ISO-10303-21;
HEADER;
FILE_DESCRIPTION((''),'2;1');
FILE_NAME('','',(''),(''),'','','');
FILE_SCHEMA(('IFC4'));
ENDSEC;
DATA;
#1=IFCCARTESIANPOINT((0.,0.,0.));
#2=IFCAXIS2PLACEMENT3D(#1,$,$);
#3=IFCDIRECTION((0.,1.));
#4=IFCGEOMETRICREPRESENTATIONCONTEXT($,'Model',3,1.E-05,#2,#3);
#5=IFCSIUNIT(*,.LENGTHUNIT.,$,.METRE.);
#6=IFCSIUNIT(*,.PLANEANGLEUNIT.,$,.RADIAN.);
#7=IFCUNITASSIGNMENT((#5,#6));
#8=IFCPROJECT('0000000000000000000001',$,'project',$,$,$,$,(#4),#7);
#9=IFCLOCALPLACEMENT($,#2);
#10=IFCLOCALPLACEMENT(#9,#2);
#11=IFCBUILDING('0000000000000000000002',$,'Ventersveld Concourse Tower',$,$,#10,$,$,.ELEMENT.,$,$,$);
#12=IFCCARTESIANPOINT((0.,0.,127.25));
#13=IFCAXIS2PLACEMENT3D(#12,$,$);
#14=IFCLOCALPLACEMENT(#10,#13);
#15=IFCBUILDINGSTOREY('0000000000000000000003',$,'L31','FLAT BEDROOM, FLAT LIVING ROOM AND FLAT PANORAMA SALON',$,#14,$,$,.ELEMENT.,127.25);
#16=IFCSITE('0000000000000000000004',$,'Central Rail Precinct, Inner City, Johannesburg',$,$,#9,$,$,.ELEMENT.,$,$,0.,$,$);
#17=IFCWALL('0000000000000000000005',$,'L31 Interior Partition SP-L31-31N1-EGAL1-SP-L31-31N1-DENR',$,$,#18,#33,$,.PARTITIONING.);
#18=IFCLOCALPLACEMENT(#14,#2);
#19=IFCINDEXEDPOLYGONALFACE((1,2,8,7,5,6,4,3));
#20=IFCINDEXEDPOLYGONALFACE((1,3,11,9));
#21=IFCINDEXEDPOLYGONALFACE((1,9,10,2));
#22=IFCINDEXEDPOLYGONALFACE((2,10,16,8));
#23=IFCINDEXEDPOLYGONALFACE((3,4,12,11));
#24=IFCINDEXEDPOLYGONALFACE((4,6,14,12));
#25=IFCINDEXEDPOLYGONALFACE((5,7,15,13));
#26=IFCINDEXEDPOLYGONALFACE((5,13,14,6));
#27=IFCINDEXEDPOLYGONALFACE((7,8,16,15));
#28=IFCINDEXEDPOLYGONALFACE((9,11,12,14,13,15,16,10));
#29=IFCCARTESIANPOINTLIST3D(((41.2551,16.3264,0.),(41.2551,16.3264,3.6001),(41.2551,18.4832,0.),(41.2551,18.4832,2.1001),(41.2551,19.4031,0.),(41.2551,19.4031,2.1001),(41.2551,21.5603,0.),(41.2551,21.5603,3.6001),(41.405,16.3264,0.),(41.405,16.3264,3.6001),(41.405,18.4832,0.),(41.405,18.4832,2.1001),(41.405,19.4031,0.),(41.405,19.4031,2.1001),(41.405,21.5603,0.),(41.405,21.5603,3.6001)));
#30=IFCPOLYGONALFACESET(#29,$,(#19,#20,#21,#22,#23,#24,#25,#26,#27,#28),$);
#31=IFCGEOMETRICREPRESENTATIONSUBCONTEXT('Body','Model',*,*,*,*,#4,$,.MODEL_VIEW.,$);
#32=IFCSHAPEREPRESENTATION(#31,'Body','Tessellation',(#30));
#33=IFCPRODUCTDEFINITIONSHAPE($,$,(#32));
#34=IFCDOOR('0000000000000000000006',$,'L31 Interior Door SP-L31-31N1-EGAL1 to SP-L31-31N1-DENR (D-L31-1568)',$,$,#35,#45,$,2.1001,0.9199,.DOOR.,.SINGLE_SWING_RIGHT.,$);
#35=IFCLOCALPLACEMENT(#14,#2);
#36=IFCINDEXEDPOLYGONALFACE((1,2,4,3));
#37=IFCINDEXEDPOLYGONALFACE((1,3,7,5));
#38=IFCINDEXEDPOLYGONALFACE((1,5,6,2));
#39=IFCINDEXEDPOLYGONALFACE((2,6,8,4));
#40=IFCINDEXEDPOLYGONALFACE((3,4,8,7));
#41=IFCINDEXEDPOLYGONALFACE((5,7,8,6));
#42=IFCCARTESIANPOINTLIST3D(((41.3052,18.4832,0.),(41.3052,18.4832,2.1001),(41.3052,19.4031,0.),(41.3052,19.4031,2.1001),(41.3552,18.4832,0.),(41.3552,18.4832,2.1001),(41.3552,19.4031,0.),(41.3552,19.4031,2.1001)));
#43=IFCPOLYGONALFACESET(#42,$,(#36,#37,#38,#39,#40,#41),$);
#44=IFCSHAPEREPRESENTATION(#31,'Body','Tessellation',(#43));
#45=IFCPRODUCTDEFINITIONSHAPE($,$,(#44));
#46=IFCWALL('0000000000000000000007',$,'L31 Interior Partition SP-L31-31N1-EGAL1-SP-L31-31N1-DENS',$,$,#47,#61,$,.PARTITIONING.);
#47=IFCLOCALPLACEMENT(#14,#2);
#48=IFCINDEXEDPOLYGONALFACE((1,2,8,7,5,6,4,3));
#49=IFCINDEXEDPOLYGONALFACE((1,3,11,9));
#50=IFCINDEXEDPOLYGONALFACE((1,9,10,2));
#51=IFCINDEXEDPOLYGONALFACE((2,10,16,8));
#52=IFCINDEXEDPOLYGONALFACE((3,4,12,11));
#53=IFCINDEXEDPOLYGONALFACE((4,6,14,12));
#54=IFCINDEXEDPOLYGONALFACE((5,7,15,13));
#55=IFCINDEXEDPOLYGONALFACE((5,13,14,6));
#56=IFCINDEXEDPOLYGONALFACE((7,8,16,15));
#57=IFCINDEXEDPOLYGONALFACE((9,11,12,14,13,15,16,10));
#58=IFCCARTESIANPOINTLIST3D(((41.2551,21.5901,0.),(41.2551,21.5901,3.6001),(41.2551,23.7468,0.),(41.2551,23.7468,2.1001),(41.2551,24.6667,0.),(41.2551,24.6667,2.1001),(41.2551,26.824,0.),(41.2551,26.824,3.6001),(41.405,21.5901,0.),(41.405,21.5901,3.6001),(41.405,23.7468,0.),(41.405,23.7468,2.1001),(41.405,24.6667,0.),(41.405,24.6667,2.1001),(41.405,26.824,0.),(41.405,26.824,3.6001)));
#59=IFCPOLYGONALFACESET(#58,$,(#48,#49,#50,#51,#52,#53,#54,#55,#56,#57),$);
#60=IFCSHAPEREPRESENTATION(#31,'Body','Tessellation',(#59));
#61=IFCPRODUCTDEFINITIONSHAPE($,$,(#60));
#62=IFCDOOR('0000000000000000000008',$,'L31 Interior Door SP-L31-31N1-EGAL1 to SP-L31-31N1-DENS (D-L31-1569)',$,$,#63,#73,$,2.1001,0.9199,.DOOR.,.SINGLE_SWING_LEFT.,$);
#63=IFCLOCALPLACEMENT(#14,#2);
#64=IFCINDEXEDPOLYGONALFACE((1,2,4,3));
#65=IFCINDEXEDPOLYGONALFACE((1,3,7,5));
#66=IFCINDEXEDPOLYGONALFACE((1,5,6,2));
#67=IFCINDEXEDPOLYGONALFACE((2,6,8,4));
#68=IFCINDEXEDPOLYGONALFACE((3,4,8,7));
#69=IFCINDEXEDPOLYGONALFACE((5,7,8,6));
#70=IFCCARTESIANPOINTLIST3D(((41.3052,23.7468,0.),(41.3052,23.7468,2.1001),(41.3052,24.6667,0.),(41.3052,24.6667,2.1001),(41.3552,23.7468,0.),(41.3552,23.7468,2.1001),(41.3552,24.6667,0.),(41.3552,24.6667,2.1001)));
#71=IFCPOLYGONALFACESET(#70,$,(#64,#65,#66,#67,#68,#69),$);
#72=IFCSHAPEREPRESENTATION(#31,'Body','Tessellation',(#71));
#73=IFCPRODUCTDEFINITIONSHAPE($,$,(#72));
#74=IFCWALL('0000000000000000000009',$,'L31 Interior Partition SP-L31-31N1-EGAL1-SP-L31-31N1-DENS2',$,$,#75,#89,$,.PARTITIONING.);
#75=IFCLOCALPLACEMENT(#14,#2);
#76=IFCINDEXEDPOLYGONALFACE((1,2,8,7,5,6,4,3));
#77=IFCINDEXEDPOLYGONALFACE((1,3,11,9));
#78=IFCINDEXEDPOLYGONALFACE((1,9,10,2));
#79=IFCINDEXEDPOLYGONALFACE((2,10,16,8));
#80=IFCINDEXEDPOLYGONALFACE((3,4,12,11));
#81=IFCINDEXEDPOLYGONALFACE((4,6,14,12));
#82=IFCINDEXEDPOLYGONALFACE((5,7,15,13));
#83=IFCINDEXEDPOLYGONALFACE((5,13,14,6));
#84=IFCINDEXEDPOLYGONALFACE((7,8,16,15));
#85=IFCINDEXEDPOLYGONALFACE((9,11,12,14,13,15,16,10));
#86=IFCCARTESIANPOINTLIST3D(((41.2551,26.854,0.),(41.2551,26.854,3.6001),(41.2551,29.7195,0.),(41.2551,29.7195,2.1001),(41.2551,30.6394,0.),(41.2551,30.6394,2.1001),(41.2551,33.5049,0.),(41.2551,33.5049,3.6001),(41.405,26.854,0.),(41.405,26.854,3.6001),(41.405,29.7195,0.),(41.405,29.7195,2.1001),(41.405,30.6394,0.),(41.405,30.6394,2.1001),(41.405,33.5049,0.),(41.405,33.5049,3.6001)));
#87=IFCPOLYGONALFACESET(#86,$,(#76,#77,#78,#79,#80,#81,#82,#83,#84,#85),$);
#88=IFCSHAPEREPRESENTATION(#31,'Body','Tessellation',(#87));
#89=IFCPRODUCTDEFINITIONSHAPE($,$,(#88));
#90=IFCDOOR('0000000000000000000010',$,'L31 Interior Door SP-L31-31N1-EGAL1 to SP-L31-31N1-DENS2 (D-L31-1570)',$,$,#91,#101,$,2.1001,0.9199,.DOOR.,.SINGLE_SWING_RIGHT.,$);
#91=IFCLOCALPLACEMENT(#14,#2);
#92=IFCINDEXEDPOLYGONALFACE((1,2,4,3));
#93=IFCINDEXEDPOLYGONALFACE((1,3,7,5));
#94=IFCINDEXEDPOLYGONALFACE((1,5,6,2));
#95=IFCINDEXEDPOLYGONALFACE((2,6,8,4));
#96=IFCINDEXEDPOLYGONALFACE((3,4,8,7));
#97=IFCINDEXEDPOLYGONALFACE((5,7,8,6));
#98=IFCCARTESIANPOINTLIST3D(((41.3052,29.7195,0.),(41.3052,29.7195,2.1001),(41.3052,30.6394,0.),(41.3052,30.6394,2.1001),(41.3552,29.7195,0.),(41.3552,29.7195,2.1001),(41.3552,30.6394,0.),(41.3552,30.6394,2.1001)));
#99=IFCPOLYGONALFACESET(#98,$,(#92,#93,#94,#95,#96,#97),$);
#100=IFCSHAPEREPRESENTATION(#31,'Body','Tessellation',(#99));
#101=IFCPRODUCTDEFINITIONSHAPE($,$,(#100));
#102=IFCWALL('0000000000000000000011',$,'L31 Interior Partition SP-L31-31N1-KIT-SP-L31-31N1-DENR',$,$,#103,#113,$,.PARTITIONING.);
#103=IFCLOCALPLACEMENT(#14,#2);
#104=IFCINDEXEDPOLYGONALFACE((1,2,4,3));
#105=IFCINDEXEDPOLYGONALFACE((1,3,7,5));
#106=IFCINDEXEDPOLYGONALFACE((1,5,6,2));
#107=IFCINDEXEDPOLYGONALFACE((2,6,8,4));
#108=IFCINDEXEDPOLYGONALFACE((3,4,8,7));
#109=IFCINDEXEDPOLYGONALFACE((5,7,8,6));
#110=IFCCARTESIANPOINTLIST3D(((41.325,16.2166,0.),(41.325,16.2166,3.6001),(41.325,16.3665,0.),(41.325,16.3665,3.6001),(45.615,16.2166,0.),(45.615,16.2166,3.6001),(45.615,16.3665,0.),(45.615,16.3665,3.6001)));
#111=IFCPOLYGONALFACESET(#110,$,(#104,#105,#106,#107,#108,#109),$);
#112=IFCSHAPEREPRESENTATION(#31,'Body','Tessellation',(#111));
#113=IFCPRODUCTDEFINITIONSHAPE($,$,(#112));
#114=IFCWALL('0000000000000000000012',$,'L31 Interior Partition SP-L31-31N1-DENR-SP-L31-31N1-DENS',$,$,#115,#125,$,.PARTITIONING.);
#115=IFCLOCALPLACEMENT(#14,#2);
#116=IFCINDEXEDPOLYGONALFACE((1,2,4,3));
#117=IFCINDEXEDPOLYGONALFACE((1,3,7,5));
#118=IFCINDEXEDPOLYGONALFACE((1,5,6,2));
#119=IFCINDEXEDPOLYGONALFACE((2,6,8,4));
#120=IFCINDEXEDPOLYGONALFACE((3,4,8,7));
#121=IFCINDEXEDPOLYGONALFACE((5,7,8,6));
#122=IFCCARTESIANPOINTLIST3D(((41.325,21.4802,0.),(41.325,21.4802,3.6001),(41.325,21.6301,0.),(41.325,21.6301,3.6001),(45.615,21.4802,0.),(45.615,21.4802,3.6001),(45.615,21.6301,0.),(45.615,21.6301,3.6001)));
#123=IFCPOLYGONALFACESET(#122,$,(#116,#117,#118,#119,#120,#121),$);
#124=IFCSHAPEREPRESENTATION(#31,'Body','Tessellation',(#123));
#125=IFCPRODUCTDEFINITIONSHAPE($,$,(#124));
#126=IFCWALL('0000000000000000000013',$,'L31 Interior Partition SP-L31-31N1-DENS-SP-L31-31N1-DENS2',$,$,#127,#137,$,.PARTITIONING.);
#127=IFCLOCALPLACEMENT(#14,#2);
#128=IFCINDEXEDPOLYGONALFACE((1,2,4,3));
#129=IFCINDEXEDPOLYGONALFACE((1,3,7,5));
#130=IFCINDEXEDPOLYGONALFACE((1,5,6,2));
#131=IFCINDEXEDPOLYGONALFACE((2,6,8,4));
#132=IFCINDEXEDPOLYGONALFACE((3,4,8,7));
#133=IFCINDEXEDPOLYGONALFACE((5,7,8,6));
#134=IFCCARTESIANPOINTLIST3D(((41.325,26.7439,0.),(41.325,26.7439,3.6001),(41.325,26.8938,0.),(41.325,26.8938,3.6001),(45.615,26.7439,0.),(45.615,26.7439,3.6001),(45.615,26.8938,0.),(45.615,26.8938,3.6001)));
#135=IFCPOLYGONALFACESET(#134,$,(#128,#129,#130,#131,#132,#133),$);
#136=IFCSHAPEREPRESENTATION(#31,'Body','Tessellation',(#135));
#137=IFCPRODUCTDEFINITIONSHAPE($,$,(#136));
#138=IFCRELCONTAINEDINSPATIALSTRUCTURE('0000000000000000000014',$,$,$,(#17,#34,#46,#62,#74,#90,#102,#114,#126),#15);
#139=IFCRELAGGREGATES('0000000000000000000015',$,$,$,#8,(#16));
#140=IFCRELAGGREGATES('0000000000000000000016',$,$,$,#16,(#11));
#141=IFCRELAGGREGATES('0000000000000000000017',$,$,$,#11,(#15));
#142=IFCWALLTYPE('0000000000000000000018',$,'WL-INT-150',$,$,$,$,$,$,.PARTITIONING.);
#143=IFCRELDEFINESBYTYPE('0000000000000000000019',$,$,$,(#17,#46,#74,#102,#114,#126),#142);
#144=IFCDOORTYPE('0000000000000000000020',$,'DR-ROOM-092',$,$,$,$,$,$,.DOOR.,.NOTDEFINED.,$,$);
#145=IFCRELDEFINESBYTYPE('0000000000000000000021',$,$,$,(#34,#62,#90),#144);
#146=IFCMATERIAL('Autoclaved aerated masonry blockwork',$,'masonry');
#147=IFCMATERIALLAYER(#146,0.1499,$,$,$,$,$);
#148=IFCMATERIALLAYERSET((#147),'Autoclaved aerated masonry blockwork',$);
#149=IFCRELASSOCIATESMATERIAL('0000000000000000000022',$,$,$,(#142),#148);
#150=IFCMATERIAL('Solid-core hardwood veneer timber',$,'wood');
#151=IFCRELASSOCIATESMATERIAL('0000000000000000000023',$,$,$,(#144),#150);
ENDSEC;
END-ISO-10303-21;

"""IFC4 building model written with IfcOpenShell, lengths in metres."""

from ifc_helpers import new_model, si_unit, direction, frame, frame_2d, origin, place, context, subcontext, project, spatial, rectangle, extrude, material, layer, layer_set, type_object, element, fill, save


model = new_model("IFC4")

# Units and contexts
model_context = context("Model", 3, precision=1e-05, world=origin(), true_north=direction((0.0, 1.0)))
body_context = subcontext(model_context, "Body", "Model", "MODEL_VIEW")
ifc_project = project(units=[si_unit("LENGTHUNIT", "METRE"), si_unit("PLANEANGLEUNIT", "RADIAN")], contexts=[model_context])

# Site, building, storey
site_placement = place(None, origin())
site = spatial("IfcSite", under=ifc_project, at=site_placement, Name="Central Rail Precinct, Inner City, Johannesburg", CompositionType="ELEMENT", RefElevation=0.0)
building_placement = place(site_placement, origin())
building = spatial("IfcBuilding", under=site, at=building_placement, Name="Ventersveld Concourse Tower", CompositionType="ELEMENT")
storey_placement = place(building_placement, frame((0.0, 0.0, 127.25)))
storey = spatial("IfcBuildingStorey", under=building, at=storey_placement, Name="L31", Description="FLAT BEDROOM, FLAT LIVING ROOM AND FLAT PANORAMA SALON", CompositionType="ELEMENT", Elevation=127.25)

# Shared definitions
ifc_material_1 = material(Name="Solid-core hardwood veneer timber", Category="wood")

# Shared definitions
ifc_material_2 = material(Name="Autoclaved aerated masonry blockwork", Category="masonry")
ifc_layer_1 = layer(ifc_material_2, 0.1499)
ifc_layer_set_1 = layer_set([ifc_layer_1], Name="Autoclaved aerated masonry blockwork")
wall_type_1 = type_object("IfcWallType", Name="WL-INT-150", PredefinedType="PARTITIONING", material=ifc_layer_set_1)

# Walls, openings, doors
wall_1_placement = place(storey_placement, frame((41.3301, 16.3264, 0.0), z_axis=(0.0, 0.0, 1.0), x_axis=(0.0, 1.0, 0.0)))
wall_1 = element("IfcWall", 1, at=wall_1_placement, inside=storey, type_object=wall_type_1, Name="L31 Interior Partition SP-L31-31N1-EGAL1-SP-L31-31N1-DENR", PredefinedType="PARTITIONING", context=body_context, shape_type="SweptSolid", body=[
    extrude(rectangle(XDim=5.2339, YDim=0.1499, at=frame_2d((2.6169, 0.0))), origin(), (0.0, 0.0, 1.0), 3.6001),
])
opening_1_placement = place(wall_1_placement, frame((2.1567, 0.0, 0.0)))
opening_1 = element("IfcOpeningElement", 2, at=opening_1_placement, cuts=wall_1, PredefinedType="OPENING", context=body_context, shape_type="SweptSolid", body=[
    extrude(rectangle(XDim=0.9199, YDim=2.1001, at=frame_2d((0.46, 1.05))), frame((0.0, 0.085, 0.0), z_axis=(0.0, -1.0, 0.0), x_axis=(1.0, 0.0, 0.0)), (0.0, 0.0, 1.0), 0.1699),
])
door_type_1 = type_object("IfcDoorType", Name="DR-ROOM-092", OperationType="NOTDEFINED", PredefinedType="DOOR", material=ifc_material_1)
door_1_placement = place(opening_1_placement, origin())
door_1 = element("IfcDoor", 3, at=door_1_placement, inside=storey, type_object=door_type_1, Name="L31 Interior Door SP-L31-31N1-EGAL1 to SP-L31-31N1-DENR (D-L31-1568)", OperationType="SINGLE_SWING_RIGHT", OverallHeight=2.1001, OverallWidth=0.9199, PredefinedType="DOOR", context=body_context, shape_type="SweptSolid", body=[
    extrude(rectangle(XDim=0.9199, YDim=2.1001, at=frame_2d((0.46, 1.05))), frame((0.0, 0.0249, 0.0), z_axis=(0.0, -1.0, 0.0), x_axis=(1.0, 0.0, 0.0)), (0.0, 0.0, 1.0), 0.05),
])
fill(opening_1, door_1)
wall_2_placement = place(storey_placement, frame((41.3301, 21.5901, 0.0), z_axis=(0.0, 0.0, 1.0), x_axis=(0.0, 1.0, 0.0)))
wall_2 = element("IfcWall", 4, at=wall_2_placement, inside=storey, type_object=wall_type_1, Name="L31 Interior Partition SP-L31-31N1-EGAL1-SP-L31-31N1-DENS", PredefinedType="PARTITIONING", context=body_context, shape_type="SweptSolid", body=[
    extrude(rectangle(XDim=5.2339, YDim=0.1499, at=frame_2d((2.6169, 0.0))), origin(), (0.0, 0.0, 1.0), 3.6001),
])
opening_2_placement = place(wall_2_placement, frame((2.1567, 0.0, 0.0)))
opening_2 = element("IfcOpeningElement", 5, at=opening_2_placement, cuts=wall_2, PredefinedType="OPENING", context=body_context, shape_type="SweptSolid", body=[
    extrude(rectangle(XDim=0.9199, YDim=2.1001, at=frame_2d((0.46, 1.05))), frame((0.0, 0.085, 0.0), z_axis=(0.0, -1.0, 0.0), x_axis=(1.0, 0.0, 0.0)), (0.0, 0.0, 1.0), 0.1699),
])
door_2_placement = place(opening_2_placement, origin())
door_2 = element("IfcDoor", 6, at=door_2_placement, inside=storey, type_object=door_type_1, Name="L31 Interior Door SP-L31-31N1-EGAL1 to SP-L31-31N1-DENS (D-L31-1569)", OperationType="SINGLE_SWING_LEFT", OverallHeight=2.1001, OverallWidth=0.9199, PredefinedType="DOOR", context=body_context, shape_type="SweptSolid", body=[
    extrude(rectangle(XDim=0.9199, YDim=2.1001, at=frame_2d((0.46, 1.05))), frame((0.0, 0.0249, 0.0), z_axis=(0.0, -1.0, 0.0), x_axis=(1.0, 0.0, 0.0)), (0.0, 0.0, 1.0), 0.05),
])
fill(opening_2, door_2)
wall_3_placement = place(storey_placement, frame((41.3301, 26.854, 0.0), z_axis=(0.0, 0.0, 1.0), x_axis=(0.0, 1.0, 0.0)))
wall_3 = element("IfcWall", 7, at=wall_3_placement, inside=storey, type_object=wall_type_1, Name="L31 Interior Partition SP-L31-31N1-EGAL1-SP-L31-31N1-DENS2", PredefinedType="PARTITIONING", context=body_context, shape_type="SweptSolid", body=[
    extrude(rectangle(XDim=6.6509, YDim=0.1499, at=frame_2d((3.3254, 0.0))), origin(), (0.0, 0.0, 1.0), 3.6001),
])
opening_3_placement = place(wall_3_placement, frame((2.8655, 0.0, 0.0)))
opening_3 = element("IfcOpeningElement", 8, at=opening_3_placement, cuts=wall_3, PredefinedType="OPENING", context=body_context, shape_type="SweptSolid", body=[
    extrude(rectangle(XDim=0.9199, YDim=2.1001, at=frame_2d((0.46, 1.05))), frame((0.0, 0.085, 0.0), z_axis=(0.0, -1.0, 0.0), x_axis=(1.0, 0.0, 0.0)), (0.0, 0.0, 1.0), 0.1699),
])
door_3_placement = place(opening_3_placement, origin())
door_3 = element("IfcDoor", 9, at=door_3_placement, inside=storey, type_object=door_type_1, Name="L31 Interior Door SP-L31-31N1-EGAL1 to SP-L31-31N1-DENS2 (D-L31-1570)", OperationType="SINGLE_SWING_RIGHT", OverallHeight=2.1001, OverallWidth=0.9199, PredefinedType="DOOR", context=body_context, shape_type="SweptSolid", body=[
    extrude(rectangle(XDim=0.9199, YDim=2.1001, at=frame_2d((0.46, 1.05))), frame((0.0, 0.0249, 0.0), z_axis=(0.0, -1.0, 0.0), x_axis=(1.0, 0.0, 0.0)), (0.0, 0.0, 1.0), 0.05),
])
fill(opening_3, door_3)

# Walls
for number, where, z_axis, x_axis, name in (
    (10, (41.325, 16.2915, 0.0), (0.0, 0.0, 1.0), (1.0, 0.0, 0.0), "L31 Interior Partition SP-L31-31N1-KIT-SP-L31-31N1-DENR"),
    (11, (41.325, 21.5552, 0.0), (0.0, 0.0, 1.0), (1.0, 0.0, 0.0), "L31 Interior Partition SP-L31-31N1-DENR-SP-L31-31N1-DENS"),
    (12, (41.325, 26.8188, 0.0), (0.0, 0.0, 1.0), (1.0, 0.0, 0.0), "L31 Interior Partition SP-L31-31N1-DENS-SP-L31-31N1-DENS2"),
):
    element("IfcWall", number, at=place(storey_placement, frame(where, z_axis=z_axis, x_axis=x_axis)), inside=storey, type_object=wall_type_1, Name=name, PredefinedType="PARTITIONING", context=body_context, shape_type="SweptSolid", body=[
        extrude(rectangle(XDim=4.29, YDim=0.1499, at=frame_2d((2.145, 0.0))), origin(), (0.0, 0.0, 1.0), 3.6001),
    ])

save(model, "model.ifc")
